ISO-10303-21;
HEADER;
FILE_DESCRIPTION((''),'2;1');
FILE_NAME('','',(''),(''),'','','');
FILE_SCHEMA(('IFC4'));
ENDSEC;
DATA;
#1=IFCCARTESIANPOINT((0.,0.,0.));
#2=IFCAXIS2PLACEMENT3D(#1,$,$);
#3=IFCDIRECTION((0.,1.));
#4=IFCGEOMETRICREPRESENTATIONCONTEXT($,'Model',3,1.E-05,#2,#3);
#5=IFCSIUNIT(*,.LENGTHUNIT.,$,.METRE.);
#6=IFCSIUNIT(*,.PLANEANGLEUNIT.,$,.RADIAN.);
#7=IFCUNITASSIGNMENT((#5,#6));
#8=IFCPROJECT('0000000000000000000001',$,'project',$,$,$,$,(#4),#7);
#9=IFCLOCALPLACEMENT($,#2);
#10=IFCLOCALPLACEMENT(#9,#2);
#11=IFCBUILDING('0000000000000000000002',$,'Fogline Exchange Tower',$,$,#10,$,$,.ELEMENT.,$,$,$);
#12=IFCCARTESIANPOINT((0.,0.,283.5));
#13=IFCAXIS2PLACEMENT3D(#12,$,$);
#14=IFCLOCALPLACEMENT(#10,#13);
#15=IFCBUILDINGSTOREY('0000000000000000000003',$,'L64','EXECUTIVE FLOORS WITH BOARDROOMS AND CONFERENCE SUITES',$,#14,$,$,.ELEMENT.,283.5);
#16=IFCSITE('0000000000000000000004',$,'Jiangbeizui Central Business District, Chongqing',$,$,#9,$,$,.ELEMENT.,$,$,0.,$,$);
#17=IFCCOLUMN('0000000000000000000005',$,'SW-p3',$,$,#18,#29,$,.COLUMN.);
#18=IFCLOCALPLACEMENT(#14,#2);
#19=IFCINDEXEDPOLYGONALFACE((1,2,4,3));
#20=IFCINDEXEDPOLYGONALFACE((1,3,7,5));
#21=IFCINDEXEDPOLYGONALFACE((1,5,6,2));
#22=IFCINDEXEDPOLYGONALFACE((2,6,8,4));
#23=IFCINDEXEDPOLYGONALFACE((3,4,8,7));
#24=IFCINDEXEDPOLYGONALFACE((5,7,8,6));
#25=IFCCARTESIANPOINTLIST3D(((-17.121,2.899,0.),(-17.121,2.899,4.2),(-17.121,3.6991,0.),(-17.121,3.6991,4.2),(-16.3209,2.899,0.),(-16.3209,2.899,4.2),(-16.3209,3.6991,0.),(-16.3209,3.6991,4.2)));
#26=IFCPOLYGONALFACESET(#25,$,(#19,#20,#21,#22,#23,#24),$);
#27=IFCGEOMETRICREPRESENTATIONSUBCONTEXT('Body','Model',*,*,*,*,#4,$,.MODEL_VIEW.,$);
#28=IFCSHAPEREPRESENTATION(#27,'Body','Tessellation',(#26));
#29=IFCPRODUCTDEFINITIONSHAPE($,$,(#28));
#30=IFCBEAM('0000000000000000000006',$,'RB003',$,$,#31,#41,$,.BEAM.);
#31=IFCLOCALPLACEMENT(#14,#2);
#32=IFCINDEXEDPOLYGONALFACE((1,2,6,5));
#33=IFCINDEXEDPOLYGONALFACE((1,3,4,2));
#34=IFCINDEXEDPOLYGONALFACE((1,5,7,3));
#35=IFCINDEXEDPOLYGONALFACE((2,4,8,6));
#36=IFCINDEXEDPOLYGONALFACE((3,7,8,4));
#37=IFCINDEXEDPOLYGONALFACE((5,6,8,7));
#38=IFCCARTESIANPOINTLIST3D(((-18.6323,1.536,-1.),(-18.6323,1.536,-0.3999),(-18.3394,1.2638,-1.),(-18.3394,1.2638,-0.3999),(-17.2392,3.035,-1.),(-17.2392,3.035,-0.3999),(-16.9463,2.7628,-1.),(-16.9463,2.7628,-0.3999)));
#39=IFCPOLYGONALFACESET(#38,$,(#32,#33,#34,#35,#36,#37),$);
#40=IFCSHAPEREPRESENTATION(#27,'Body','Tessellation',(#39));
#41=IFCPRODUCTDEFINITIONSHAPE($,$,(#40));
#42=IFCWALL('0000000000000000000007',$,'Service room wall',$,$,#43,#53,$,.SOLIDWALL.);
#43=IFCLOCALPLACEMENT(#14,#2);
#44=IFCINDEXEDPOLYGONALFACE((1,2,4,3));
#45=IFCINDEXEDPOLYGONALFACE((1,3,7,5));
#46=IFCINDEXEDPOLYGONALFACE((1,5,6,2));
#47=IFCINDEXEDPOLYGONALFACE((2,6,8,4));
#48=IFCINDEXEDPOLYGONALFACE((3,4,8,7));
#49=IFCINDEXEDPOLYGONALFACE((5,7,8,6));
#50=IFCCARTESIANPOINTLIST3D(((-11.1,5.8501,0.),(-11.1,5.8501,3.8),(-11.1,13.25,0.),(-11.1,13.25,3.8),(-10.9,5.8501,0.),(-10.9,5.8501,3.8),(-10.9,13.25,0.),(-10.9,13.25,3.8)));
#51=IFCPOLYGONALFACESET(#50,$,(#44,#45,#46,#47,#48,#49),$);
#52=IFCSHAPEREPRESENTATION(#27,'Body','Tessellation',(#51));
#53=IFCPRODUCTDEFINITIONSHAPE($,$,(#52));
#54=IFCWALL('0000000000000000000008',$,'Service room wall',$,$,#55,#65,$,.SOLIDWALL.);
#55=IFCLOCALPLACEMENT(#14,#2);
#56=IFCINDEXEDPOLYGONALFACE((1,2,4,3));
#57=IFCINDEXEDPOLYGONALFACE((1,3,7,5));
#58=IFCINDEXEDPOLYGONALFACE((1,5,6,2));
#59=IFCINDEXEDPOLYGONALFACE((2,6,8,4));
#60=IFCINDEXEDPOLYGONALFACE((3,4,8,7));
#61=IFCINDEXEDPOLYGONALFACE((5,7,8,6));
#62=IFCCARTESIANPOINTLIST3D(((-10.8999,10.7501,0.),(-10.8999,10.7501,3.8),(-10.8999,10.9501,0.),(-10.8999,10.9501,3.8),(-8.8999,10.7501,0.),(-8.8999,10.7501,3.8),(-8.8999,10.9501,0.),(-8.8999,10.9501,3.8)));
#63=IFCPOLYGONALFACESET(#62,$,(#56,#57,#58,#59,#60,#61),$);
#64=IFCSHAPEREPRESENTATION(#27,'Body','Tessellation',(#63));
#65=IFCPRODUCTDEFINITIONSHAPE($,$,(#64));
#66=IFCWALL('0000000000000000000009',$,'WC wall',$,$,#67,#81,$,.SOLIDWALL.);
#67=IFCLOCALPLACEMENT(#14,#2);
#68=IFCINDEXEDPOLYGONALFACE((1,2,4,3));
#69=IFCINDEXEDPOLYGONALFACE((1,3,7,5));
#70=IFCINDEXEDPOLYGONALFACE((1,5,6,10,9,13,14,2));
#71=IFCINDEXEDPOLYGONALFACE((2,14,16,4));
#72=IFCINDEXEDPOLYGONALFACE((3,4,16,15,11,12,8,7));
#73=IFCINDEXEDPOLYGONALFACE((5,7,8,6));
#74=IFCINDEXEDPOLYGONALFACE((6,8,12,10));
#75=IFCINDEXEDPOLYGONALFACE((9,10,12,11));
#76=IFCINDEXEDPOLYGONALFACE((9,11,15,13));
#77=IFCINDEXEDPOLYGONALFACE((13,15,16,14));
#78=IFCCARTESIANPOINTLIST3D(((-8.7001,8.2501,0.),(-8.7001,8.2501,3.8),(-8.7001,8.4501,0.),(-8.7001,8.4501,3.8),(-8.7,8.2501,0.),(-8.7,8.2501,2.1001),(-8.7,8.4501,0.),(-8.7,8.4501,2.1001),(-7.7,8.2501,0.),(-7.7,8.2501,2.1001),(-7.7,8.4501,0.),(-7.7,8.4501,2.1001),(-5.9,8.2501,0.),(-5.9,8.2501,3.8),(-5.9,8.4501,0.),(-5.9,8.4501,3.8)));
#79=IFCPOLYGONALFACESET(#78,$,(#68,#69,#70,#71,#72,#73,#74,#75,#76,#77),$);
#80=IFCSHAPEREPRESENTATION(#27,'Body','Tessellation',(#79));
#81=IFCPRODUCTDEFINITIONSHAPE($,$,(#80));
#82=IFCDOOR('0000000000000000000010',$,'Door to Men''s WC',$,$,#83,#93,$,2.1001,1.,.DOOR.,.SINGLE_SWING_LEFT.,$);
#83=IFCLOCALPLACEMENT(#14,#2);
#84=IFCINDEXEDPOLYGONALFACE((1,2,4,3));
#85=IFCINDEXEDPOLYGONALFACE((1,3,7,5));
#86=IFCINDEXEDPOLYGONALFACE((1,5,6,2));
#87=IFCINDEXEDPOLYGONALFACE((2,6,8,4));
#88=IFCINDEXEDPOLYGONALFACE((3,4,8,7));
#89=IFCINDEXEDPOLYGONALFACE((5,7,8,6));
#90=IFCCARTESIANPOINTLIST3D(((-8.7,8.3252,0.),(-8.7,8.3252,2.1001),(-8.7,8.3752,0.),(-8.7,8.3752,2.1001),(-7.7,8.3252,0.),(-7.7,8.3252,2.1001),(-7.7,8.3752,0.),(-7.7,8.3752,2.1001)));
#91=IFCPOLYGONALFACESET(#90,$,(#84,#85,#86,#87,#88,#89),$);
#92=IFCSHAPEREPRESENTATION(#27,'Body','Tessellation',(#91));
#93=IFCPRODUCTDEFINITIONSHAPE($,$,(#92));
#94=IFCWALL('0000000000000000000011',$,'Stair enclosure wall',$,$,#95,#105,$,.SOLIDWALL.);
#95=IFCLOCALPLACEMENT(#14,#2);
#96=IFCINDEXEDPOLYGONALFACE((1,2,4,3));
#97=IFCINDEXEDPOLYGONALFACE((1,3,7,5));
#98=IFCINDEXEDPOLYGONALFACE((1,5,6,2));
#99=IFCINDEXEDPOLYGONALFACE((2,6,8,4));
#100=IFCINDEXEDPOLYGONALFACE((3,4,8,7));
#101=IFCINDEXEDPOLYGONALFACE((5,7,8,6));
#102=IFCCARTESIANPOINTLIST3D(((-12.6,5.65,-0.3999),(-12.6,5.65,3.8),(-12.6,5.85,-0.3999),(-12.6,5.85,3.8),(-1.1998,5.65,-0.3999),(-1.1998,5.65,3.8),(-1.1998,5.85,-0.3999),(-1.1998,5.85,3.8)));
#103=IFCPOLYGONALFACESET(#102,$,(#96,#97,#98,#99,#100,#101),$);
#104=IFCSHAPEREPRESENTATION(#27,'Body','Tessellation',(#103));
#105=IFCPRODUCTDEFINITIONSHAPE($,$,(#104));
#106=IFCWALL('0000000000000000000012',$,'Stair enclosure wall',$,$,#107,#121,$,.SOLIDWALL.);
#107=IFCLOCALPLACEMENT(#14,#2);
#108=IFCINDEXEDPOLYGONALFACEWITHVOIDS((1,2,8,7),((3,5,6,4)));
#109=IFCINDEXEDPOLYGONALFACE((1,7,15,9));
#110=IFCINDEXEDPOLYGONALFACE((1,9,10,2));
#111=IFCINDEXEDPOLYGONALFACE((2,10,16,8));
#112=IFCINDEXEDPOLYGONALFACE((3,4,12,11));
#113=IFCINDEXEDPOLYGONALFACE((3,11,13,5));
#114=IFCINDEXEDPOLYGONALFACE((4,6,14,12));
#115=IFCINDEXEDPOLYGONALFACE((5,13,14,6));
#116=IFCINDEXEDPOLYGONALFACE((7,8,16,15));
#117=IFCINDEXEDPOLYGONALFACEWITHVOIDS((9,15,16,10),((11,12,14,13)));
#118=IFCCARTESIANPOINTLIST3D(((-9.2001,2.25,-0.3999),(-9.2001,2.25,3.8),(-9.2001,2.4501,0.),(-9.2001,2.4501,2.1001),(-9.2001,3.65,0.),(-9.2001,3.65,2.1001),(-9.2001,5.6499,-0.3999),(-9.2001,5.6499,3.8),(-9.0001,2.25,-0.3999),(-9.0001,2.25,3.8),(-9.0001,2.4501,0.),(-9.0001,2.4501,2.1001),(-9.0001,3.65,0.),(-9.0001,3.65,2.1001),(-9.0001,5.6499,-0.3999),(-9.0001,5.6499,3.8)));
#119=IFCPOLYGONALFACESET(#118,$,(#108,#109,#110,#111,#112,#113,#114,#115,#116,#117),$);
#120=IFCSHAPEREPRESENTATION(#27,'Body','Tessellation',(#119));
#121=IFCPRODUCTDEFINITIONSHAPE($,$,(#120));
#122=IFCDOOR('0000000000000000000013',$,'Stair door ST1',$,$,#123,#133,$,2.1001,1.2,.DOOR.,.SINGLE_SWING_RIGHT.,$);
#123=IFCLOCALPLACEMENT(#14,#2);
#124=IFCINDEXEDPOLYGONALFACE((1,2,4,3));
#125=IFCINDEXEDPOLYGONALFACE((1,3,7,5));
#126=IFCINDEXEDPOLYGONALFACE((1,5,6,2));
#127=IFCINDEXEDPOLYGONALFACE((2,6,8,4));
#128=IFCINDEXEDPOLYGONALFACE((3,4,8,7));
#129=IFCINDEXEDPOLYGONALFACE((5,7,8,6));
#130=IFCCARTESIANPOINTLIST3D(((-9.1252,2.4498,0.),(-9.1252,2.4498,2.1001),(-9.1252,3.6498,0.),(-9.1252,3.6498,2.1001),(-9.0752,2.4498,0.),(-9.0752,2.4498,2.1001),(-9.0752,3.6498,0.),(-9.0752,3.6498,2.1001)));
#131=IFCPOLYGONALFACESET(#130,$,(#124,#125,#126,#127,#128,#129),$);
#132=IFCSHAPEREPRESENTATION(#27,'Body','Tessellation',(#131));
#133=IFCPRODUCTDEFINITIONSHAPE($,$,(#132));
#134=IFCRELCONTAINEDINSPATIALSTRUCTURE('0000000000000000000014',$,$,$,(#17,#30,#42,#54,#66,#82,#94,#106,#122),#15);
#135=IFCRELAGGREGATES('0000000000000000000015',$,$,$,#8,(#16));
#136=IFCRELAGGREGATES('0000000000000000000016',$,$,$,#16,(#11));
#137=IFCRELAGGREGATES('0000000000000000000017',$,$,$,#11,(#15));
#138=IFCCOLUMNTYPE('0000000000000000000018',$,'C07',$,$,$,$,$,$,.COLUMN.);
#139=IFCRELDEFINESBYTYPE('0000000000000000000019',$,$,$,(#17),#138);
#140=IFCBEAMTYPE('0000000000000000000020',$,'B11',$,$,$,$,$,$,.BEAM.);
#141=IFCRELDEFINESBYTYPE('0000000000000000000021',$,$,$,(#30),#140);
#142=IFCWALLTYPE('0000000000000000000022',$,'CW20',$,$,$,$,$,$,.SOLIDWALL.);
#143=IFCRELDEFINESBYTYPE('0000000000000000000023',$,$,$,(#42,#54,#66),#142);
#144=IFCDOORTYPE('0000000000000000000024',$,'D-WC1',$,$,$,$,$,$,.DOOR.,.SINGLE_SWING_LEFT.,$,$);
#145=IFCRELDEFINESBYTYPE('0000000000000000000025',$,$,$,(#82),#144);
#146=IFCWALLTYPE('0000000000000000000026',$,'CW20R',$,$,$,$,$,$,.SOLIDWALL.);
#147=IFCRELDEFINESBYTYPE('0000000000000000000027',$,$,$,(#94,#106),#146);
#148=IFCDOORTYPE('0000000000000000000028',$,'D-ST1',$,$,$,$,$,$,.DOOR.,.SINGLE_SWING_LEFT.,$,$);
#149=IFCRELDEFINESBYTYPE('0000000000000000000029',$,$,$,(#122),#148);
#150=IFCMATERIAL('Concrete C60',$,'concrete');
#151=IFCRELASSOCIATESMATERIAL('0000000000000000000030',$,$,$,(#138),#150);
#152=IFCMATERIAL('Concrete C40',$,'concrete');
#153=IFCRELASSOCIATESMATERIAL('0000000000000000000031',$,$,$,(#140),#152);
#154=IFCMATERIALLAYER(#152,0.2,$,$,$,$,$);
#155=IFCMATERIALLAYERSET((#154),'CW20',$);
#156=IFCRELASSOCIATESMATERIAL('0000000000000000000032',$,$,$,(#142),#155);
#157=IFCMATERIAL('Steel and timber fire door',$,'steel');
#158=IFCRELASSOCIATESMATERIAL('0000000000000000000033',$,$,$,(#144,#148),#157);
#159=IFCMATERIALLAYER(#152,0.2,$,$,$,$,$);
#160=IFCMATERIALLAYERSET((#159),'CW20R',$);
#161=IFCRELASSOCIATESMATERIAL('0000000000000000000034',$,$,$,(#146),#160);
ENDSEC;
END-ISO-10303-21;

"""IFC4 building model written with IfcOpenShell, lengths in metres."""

from ifc_helpers import new_model, si_unit, direction, frame, frame_2d, origin, origin_2d, place, context, subcontext, project, spatial, rectangle, extrude, material, layer, layer_set, material_profile, profile_set, type_object, element, fill, save


model = new_model("IFC4")

# Units and contexts
model_context = context("Model", 3, precision=1e-05, world=origin(), true_north=direction((0.0, 1.0)))
body_context = subcontext(model_context, "Body", "Model", "MODEL_VIEW")
ifc_project = project(units=[si_unit("LENGTHUNIT", "METRE"), si_unit("PLANEANGLEUNIT", "RADIAN")], contexts=[model_context])

# Site, building, storey
site_placement = place(None, origin())
site = spatial("IfcSite", under=ifc_project, at=site_placement, Name="Jiangbeizui Central Business District, Chongqing", CompositionType="ELEMENT", RefElevation=0.0)
building_placement = place(site_placement, origin())
building = spatial("IfcBuilding", under=site, at=building_placement, Name="Fogline Exchange Tower", CompositionType="ELEMENT")
storey_placement = place(building_placement, frame((0.0, 0.0, 283.5)))
storey = spatial("IfcBuildingStorey", under=building, at=storey_placement, Name="L64", Description="EXECUTIVE FLOORS WITH BOARDROOMS AND CONFERENCE SUITES", CompositionType="ELEMENT", Elevation=283.5)

# Column
ifc_material_1 = material(Name="Concrete C60", Category="concrete")
ifc_material_profile_1 = material_profile(ifc_material_1, rectangle(XDim=0.8, YDim=0.8, at=origin_2d()), Name="RC 800x800")
ifc_profile_set_1 = profile_set([ifc_material_profile_1], Name="Concrete C60")
column_type = type_object("IfcColumnType", Name="C07", PredefinedType="COLUMN", material=ifc_profile_set_1)
column_placement = place(storey_placement, frame((-16.7209, 3.2991, 0.0), z_axis=(0.0, 0.0, 1.0), x_axis=(1.0, 0.0, 0.0)))
element("IfcColumn", 1, at=column_placement, inside=storey, type_object=column_type, Name="SW-p3", PredefinedType="COLUMN", context=body_context, shape_type="SweptSolid", body=[
    extrude(rectangle(XDim=0.8, YDim=0.8, at=origin_2d()), origin(), (0.0, 0.0, 1.0), 4.2),
])

# Beam
ifc_material_2 = material(Name="Concrete C40", Category="concrete")
ifc_material_profile_2 = material_profile(ifc_material_2, rectangle(XDim=0.3999, YDim=0.6001, at=origin_2d()), Name="RC 400x600")
ifc_profile_set_2 = profile_set([ifc_material_profile_2], Name="Concrete C40")
beam_type = type_object("IfcBeamType", Name="B11", PredefinedType="BEAM", material=ifc_profile_set_2)
beam_placement = place(storey_placement, frame((-17.0928, 2.8989, -0.7), z_axis=(-0.680744, -0.732521, 0.0), x_axis=(0.732521, -0.680744, 0.0)))
element("IfcBeam", 2, at=beam_placement, inside=storey, type_object=beam_type, Name="RB003", PredefinedType="BEAM", context=body_context, shape_type="SweptSolid", body=[
    extrude(rectangle(XDim=0.3999, YDim=0.6001, at=origin_2d()), origin(), (0.0, 0.0, 1.0), 2.0464),
])

# Walls
ifc_layer_1 = layer(ifc_material_2, 0.2)
ifc_layer_set_1 = layer_set([ifc_layer_1], Name="CW20")
wall_type_1 = type_object("IfcWallType", Name="CW20", PredefinedType="SOLIDWALL", material=ifc_layer_set_1)
wall_1_placement = place(storey_placement, frame((-11.0, 5.8501, 0.0), z_axis=(0.0, 0.0, 1.0), x_axis=(0.0, 1.0, 0.0)))
element("IfcWall", 3, at=wall_1_placement, inside=storey, type_object=wall_type_1, Name="Service room wall", PredefinedType="SOLIDWALL", context=body_context, shape_type="SweptSolid", body=[
    extrude(rectangle(XDim=7.3999, YDim=0.2, at=frame_2d((3.7, 0.0))), origin(), (0.0, 0.0, 1.0), 3.8),
])
wall_2_placement = place(storey_placement, frame((-10.8999, 10.8501, 0.0), z_axis=(0.0, 0.0, 1.0), x_axis=(1.0, 0.0, 0.0)))
element("IfcWall", 4, at=wall_2_placement, inside=storey, type_object=wall_type_1, Name="Service room wall", PredefinedType="SOLIDWALL", context=body_context, shape_type="SweptSolid", body=[
    extrude(rectangle(XDim=2.0, YDim=0.2, at=frame_2d((1.0, 0.0))), origin(), (0.0, 0.0, 1.0), 3.8),
])

# Wall, opening, door
wall_3_placement = place(storey_placement, frame((-8.7, 8.3501, 0.0), z_axis=(0.0, 0.0, 1.0), x_axis=(1.0, 0.0, 0.0)))
wall_3 = element("IfcWall", 5, at=wall_3_placement, inside=storey, type_object=wall_type_1, Name="WC wall", PredefinedType="SOLIDWALL", context=body_context, shape_type="SweptSolid", body=[
    extrude(rectangle(XDim=2.8, YDim=0.2, at=frame_2d((1.3999, 0.0))), origin(), (0.0, 0.0, 1.0), 3.8),
])
opening_1_placement = place(wall_3_placement, origin())
opening_1 = element("IfcOpeningElement", 6, at=opening_1_placement, cuts=wall_3, PredefinedType="OPENING", context=body_context, shape_type="SweptSolid", body=[
    extrude(rectangle(XDim=1.0, YDim=2.1001, at=frame_2d((0.5, 1.05))), frame((0.0, 0.1099, 0.0), z_axis=(0.0, -1.0, 0.0), x_axis=(1.0, 0.0, 0.0)), (0.0, 0.0, 1.0), 0.22),
])
ifc_material_3 = material(Name="Steel and timber fire door", Category="steel")
door_type_1 = type_object("IfcDoorType", Name="D-WC1", OperationType="SINGLE_SWING_LEFT", PredefinedType="DOOR", material=ifc_material_3)
door_1_placement = place(opening_1_placement, frame((1.0, 0.0, 0.0), z_axis=(0.0, 0.0, 1.0), x_axis=(-1.0, 0.0, 0.0)))
door_1 = element("IfcDoor", 7, at=door_1_placement, inside=storey, type_object=door_type_1, Name="Door to Men's WC", OperationType="SINGLE_SWING_LEFT", OverallHeight=2.1001, OverallWidth=1.0, PredefinedType="DOOR", context=body_context, shape_type="SweptSolid", body=[
    extrude(rectangle(XDim=1.0, YDim=2.1001, at=frame_2d((0.5, 1.05))), frame((0.0, 0.0249, 0.0), z_axis=(0.0, -1.0, 0.0), x_axis=(1.0, 0.0, 0.0)), (0.0, 0.0, 1.0), 0.05),
])
fill(opening_1, door_1)

# Wall
ifc_layer_2 = layer(ifc_material_2, 0.2)
ifc_layer_set_2 = layer_set([ifc_layer_2], Name="CW20R")
wall_type_2 = type_object("IfcWallType", Name="CW20R", PredefinedType="SOLIDWALL", material=ifc_layer_set_2)
wall_4_placement = place(storey_placement, frame((-12.6001, 5.75, -0.3999), z_axis=(0.0, 0.0, 1.0), x_axis=(1.0, 0.0, 0.0)))
element("IfcWall", 8, at=wall_4_placement, inside=storey, type_object=wall_type_2, Name="Stair enclosure wall", PredefinedType="SOLIDWALL", context=body_context, shape_type="SweptSolid", body=[
    extrude(rectangle(XDim=11.4001, YDim=0.2, at=frame_2d((5.7002, 0.0))), origin(), (0.0, 0.0, 1.0), 4.2),
])

# Wall, opening, door
wall_5_placement = place(storey_placement, frame((-9.1001, 2.25, -0.3999), z_axis=(0.0, 0.0, 1.0), x_axis=(0.0, 1.0, 0.0)))
wall_5 = element("IfcWall", 9, at=wall_5_placement, inside=storey, type_object=wall_type_2, Name="Stair enclosure wall", PredefinedType="SOLIDWALL", context=body_context, shape_type="SweptSolid", body=[
    extrude(rectangle(XDim=3.3999, YDim=0.2, at=frame_2d((1.7, 0.0))), origin(), (0.0, 0.0, 1.0), 4.2),
])
opening_2_placement = place(wall_5_placement, frame((0.2, 0.0, 0.3999)))
opening_2 = element("IfcOpeningElement", 10, at=opening_2_placement, cuts=wall_5, PredefinedType="OPENING", context=body_context, shape_type="SweptSolid", body=[
    extrude(rectangle(XDim=1.2, YDim=2.1001, at=frame_2d((0.6001, 1.05))), frame((0.0, 0.1099, 0.0), z_axis=(0.0, -1.0, 0.0), x_axis=(1.0, 0.0, 0.0)), (0.0, 0.0, 1.0), 0.22),
])
door_type_2 = type_object("IfcDoorType", Name="D-ST1", OperationType="SINGLE_SWING_LEFT", PredefinedType="DOOR", material=ifc_material_3)
door_2_placement = place(opening_2_placement, frame((1.2, 0.0, 0.0), z_axis=(0.0, 0.0, 1.0), x_axis=(-1.0, 0.0, 0.0)))
door_2 = element("IfcDoor", 11, at=door_2_placement, inside=storey, type_object=door_type_2, Name="Stair door ST1", OperationType="SINGLE_SWING_RIGHT", OverallHeight=2.1001, OverallWidth=1.2, PredefinedType="DOOR", context=body_context, shape_type="SweptSolid", body=[
    extrude(rectangle(XDim=1.2, YDim=2.1001, at=frame_2d((0.6001, 1.05))), frame((0.0, 0.0249, 0.0), z_axis=(0.0, -1.0, 0.0), x_axis=(1.0, 0.0, 0.0)), (0.0, 0.0, 1.0), 0.05),
])
fill(opening_2, door_2)

save(model, "model.ifc")
